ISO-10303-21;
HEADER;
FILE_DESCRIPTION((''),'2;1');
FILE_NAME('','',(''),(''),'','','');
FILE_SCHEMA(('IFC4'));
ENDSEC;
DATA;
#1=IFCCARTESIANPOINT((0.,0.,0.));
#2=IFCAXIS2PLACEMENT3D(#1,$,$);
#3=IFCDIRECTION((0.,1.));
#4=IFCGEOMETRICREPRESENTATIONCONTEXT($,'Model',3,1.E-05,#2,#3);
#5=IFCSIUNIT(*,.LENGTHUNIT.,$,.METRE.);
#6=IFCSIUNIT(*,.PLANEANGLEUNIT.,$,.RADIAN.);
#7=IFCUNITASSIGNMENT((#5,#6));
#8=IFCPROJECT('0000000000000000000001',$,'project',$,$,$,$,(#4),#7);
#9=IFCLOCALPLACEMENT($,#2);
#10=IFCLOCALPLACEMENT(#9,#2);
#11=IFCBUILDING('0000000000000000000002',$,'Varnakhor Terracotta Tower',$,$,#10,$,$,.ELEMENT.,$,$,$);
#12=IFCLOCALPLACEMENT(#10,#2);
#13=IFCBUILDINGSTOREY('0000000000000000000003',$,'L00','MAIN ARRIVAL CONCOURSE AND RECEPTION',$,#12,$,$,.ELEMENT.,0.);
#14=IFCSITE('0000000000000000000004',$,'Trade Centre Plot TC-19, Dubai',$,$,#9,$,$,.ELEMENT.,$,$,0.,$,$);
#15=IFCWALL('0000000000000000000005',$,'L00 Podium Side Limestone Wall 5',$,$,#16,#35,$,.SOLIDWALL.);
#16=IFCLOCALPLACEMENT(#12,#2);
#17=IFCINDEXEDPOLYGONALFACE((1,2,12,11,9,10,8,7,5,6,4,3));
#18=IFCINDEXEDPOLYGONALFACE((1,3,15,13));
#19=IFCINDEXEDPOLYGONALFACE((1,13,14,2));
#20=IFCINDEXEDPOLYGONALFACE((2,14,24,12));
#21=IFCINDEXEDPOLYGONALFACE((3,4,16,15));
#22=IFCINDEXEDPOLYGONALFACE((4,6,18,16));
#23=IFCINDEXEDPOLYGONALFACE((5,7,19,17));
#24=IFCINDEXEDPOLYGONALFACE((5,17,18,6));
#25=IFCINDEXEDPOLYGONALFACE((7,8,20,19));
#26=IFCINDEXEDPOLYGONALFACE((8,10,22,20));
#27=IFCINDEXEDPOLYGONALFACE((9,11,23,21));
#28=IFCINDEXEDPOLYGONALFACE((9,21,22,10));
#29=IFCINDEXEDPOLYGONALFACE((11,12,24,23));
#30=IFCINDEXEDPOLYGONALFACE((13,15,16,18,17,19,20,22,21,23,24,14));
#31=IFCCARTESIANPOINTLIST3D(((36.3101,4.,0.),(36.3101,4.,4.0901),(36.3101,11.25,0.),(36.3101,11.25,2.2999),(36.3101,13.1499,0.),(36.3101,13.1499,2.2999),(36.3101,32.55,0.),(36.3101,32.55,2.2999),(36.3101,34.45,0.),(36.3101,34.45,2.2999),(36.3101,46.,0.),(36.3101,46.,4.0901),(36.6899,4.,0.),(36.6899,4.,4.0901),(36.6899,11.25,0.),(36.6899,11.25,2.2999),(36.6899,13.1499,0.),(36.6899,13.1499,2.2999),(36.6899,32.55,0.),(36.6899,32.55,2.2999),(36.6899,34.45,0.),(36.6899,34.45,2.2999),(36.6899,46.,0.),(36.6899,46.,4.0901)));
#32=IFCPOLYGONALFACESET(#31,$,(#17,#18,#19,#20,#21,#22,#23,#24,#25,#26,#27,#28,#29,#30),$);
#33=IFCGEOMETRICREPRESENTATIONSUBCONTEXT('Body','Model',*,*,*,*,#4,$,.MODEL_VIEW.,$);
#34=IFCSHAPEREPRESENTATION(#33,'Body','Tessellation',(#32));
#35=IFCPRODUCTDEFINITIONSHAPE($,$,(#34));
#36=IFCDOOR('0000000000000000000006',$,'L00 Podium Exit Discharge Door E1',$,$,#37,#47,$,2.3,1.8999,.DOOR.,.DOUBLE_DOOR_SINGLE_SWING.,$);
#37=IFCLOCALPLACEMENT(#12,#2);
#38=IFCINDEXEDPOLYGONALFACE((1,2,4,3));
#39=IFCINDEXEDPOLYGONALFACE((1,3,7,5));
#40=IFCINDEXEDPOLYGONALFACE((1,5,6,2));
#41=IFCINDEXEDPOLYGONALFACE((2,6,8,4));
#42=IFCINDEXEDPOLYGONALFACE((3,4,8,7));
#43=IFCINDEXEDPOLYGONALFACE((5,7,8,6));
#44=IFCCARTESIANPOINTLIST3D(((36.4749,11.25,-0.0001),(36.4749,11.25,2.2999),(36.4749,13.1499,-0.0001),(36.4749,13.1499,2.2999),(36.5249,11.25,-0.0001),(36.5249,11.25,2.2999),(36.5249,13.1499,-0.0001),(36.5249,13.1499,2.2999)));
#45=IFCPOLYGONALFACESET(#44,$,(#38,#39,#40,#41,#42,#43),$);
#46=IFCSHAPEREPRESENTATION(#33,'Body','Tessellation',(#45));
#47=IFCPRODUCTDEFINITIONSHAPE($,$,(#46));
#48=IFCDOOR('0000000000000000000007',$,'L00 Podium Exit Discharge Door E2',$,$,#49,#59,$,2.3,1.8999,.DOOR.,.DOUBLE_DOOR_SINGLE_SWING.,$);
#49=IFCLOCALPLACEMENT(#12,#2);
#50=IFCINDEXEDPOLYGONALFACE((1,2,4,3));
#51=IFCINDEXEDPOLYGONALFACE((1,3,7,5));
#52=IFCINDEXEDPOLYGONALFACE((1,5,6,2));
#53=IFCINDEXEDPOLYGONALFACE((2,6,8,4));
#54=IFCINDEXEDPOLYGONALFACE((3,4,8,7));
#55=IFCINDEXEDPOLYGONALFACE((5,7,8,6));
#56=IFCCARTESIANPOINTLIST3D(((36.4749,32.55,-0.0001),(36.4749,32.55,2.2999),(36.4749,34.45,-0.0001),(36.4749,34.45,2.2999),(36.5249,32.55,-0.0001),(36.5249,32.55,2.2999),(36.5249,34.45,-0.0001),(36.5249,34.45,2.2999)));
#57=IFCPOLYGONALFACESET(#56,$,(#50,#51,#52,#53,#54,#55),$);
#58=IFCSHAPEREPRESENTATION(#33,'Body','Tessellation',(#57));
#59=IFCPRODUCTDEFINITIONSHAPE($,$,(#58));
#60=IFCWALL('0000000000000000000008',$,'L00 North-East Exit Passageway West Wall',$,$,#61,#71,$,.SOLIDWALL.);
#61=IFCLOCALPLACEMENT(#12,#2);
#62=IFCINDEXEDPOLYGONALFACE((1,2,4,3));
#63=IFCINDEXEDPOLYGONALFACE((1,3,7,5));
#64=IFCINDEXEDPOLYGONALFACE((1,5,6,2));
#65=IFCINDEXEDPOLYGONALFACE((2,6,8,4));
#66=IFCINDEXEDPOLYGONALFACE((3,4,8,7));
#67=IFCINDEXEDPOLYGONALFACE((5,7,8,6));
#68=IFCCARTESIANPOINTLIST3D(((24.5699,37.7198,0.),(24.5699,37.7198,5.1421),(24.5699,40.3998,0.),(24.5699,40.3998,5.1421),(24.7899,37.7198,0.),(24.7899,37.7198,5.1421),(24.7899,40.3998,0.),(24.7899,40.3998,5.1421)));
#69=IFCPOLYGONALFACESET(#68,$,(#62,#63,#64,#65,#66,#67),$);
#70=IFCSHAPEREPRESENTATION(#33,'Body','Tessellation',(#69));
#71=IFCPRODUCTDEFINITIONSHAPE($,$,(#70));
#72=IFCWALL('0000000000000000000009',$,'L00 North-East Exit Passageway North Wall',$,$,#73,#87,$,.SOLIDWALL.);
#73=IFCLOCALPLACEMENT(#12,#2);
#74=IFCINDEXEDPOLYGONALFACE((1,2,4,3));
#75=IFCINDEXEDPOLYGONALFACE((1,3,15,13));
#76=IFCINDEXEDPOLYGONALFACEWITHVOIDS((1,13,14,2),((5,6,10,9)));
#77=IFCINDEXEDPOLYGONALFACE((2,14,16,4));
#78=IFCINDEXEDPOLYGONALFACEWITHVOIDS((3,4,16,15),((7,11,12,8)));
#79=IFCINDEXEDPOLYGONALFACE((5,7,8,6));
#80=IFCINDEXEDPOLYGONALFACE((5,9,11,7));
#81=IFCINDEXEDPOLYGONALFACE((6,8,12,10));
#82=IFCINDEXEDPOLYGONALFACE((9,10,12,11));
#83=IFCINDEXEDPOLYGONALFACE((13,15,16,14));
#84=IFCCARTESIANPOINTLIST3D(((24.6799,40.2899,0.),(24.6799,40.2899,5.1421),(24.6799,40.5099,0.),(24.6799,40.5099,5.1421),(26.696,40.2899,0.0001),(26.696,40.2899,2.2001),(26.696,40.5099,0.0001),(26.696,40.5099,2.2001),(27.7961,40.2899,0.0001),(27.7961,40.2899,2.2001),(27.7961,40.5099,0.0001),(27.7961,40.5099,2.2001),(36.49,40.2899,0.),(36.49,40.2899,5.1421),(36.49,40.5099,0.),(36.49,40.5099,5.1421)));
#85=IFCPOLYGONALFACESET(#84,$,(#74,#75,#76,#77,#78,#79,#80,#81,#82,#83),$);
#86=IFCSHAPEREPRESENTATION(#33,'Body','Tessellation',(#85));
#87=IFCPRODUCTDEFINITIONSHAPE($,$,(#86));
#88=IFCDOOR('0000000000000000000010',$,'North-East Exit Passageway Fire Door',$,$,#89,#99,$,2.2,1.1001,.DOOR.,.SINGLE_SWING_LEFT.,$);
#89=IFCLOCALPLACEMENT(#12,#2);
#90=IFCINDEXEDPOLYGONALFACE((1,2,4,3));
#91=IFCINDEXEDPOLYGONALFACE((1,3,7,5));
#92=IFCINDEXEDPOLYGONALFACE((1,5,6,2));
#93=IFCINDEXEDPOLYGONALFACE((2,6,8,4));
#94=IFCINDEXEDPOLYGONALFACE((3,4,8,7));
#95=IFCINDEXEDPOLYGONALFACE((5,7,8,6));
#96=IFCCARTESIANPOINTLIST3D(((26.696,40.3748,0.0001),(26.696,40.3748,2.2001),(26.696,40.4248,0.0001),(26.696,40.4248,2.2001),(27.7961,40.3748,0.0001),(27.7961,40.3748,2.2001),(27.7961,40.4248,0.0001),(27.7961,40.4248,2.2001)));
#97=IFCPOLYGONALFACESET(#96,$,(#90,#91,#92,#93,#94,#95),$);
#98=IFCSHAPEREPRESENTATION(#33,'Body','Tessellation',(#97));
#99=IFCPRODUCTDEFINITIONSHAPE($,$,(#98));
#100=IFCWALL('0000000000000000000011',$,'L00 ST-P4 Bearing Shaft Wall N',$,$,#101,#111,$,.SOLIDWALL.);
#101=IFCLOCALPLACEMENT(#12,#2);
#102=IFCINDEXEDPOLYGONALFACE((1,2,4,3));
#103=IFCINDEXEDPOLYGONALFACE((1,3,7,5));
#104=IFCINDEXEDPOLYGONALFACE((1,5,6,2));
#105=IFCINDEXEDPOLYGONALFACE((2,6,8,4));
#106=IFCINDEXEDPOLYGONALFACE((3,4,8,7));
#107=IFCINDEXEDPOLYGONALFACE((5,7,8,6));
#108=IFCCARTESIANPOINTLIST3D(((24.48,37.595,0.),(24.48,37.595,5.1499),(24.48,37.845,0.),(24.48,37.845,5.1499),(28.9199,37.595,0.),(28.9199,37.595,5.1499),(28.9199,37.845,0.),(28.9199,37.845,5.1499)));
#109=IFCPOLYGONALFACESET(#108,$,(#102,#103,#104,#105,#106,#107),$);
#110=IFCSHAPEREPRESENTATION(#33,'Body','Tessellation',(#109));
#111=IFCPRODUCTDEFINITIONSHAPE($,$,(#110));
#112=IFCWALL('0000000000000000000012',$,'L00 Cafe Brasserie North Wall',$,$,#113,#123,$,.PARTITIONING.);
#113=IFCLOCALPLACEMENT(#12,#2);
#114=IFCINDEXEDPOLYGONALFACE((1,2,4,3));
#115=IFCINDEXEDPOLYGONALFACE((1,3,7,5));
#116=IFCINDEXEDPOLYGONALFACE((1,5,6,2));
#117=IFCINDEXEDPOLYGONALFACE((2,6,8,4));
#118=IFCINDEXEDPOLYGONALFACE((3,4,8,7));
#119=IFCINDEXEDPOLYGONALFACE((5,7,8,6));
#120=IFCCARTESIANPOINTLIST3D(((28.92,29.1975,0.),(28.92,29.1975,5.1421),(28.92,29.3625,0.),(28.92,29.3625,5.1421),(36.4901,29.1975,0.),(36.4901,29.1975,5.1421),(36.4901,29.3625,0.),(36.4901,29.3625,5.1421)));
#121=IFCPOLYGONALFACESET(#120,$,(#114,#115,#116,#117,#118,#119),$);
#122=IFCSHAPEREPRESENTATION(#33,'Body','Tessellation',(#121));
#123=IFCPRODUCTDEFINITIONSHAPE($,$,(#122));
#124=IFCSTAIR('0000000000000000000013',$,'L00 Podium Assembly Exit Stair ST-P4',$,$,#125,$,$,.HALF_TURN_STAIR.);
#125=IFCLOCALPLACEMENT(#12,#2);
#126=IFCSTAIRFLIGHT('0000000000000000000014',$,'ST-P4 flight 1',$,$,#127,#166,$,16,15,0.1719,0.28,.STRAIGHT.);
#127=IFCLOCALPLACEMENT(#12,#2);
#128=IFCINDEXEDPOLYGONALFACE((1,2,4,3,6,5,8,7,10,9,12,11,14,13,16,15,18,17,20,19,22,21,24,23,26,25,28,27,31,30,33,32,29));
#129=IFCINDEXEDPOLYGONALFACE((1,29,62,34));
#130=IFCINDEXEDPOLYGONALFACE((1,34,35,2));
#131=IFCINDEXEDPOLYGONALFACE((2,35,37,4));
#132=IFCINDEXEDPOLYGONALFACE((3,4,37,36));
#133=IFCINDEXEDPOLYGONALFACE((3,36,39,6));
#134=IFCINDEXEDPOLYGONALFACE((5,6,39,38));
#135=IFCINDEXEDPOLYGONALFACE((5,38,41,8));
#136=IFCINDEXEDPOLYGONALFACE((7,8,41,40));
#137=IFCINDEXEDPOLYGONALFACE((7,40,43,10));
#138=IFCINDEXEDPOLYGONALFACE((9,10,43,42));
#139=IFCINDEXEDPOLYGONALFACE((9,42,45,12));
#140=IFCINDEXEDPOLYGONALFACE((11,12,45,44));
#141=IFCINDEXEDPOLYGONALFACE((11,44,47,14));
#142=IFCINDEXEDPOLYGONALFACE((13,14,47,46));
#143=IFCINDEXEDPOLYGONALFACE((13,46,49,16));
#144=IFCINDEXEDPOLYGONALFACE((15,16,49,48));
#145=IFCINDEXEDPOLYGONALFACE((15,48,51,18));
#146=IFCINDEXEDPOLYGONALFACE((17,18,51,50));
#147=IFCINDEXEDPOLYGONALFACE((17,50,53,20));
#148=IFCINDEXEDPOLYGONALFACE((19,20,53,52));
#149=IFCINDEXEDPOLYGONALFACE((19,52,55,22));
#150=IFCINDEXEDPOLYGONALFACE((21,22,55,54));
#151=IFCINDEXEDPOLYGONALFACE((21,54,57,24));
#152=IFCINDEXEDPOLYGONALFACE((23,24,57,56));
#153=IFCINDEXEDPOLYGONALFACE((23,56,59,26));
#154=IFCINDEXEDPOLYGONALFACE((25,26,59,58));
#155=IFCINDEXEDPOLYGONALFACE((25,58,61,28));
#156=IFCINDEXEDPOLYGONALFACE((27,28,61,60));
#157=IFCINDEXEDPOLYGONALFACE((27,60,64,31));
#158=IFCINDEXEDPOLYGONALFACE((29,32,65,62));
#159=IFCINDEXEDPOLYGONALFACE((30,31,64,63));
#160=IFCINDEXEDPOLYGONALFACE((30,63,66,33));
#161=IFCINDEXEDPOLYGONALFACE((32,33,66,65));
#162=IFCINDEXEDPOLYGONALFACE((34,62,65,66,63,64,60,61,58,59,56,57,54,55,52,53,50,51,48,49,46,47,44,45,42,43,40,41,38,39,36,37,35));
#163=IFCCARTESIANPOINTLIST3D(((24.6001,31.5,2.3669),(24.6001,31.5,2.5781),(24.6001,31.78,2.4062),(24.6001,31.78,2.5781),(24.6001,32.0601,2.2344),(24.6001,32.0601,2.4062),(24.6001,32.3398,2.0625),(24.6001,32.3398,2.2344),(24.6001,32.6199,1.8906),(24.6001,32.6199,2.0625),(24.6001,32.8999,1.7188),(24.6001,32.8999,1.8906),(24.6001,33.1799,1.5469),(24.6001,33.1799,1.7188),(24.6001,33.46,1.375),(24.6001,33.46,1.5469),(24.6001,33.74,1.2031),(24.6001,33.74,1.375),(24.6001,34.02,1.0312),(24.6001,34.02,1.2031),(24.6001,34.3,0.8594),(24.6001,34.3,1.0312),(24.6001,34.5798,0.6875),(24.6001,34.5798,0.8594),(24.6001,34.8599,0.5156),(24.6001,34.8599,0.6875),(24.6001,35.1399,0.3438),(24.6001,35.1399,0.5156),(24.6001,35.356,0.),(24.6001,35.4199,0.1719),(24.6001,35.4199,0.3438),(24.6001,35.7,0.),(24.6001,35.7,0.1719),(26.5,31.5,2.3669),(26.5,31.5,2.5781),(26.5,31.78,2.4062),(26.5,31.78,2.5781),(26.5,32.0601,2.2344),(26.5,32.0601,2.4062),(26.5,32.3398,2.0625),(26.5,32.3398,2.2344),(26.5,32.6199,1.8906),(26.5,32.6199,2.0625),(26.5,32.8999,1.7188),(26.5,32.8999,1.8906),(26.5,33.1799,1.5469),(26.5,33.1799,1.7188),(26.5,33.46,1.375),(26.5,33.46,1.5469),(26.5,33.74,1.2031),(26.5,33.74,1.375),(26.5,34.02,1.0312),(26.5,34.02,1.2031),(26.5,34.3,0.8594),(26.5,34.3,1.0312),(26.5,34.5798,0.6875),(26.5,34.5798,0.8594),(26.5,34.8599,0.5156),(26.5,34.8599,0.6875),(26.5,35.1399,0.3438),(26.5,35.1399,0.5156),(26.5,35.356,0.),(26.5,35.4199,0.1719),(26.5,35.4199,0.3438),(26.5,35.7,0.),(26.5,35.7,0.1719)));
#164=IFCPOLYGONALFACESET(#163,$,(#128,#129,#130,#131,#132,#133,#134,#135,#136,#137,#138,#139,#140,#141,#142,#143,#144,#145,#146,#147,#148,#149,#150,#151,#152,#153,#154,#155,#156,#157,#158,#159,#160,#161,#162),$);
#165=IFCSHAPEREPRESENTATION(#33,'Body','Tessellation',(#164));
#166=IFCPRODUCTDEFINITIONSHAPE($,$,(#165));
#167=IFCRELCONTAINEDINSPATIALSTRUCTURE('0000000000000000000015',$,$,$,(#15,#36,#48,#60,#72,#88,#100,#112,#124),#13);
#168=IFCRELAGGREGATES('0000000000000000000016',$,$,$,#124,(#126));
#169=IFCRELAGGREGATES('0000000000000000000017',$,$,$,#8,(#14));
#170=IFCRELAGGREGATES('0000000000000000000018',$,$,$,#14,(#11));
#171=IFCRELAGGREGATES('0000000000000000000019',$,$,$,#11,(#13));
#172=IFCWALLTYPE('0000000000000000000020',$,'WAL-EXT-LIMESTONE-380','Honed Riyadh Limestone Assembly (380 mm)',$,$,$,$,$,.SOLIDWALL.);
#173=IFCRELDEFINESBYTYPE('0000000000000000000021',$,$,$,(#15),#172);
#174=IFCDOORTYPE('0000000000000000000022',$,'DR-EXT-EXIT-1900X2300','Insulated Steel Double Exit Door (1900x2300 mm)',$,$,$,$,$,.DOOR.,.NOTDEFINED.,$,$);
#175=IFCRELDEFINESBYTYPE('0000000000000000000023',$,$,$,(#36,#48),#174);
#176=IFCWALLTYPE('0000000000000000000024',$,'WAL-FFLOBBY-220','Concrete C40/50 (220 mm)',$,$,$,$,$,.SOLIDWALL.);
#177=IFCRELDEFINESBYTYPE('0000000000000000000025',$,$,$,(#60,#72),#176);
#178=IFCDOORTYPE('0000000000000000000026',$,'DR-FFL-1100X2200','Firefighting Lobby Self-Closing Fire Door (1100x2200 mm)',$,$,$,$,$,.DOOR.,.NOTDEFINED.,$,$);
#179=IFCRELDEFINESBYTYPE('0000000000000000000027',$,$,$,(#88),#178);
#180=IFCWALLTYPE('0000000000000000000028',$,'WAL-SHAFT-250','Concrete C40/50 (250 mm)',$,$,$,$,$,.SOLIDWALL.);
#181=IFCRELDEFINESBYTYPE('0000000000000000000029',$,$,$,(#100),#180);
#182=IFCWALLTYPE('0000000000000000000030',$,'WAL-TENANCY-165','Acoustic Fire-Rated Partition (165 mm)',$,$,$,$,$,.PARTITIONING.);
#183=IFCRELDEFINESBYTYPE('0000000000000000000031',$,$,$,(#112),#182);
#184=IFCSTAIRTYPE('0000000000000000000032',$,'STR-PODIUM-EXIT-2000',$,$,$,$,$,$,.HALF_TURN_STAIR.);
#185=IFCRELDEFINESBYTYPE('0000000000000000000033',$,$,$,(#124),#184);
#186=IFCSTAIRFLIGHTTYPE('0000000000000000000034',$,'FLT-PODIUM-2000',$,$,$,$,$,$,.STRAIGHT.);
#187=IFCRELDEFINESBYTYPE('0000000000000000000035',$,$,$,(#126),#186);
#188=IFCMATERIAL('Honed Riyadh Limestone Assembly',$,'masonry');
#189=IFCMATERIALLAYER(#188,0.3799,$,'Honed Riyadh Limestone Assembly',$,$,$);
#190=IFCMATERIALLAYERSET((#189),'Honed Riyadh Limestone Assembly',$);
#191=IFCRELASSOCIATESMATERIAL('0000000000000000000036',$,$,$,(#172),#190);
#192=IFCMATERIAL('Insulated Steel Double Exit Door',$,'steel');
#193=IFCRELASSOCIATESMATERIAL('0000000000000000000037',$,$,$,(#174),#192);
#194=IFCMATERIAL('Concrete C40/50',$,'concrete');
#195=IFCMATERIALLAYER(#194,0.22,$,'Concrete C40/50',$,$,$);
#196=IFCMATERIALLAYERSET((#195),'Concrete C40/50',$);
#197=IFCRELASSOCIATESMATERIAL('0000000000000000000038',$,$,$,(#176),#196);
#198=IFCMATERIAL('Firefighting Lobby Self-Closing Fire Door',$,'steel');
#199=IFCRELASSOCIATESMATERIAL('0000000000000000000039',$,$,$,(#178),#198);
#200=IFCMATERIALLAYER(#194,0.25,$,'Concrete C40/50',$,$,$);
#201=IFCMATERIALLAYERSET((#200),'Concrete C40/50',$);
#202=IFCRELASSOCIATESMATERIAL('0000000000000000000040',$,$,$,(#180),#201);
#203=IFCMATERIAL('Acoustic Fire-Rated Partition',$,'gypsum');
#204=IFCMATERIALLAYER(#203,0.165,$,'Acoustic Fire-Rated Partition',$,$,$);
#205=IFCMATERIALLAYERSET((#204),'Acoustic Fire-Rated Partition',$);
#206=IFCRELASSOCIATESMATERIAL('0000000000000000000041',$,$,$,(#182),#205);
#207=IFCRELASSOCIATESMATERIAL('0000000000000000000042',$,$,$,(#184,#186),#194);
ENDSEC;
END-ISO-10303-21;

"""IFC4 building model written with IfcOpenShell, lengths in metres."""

from ifc_helpers import new_model, si_unit, direction, frame, frame_2d, origin, place, context, subcontext, project, spatial, polyline, rectangle, outline, extrude, source, transform, mapped, material, layer, layer_set, type_object, type_shapes, element, fill, aggregate, save


model = new_model("IFC4")

# Units and contexts
model_context = context("Model", 3, precision=1e-05, world=origin(), true_north=direction((0.0, 1.0)))
body_context = subcontext(model_context, "Body", "Model", "MODEL_VIEW")
ifc_project = project(units=[si_unit("LENGTHUNIT", "METRE"), si_unit("PLANEANGLEUNIT", "RADIAN")], contexts=[model_context])

# Site, building, storey
site_placement = place(None, origin())
site = spatial("IfcSite", under=ifc_project, at=site_placement, Name="Trade Centre Plot TC-19, Dubai", CompositionType="ELEMENT", RefElevation=0.0)
building_placement = place(site_placement, origin())
building = spatial("IfcBuilding", under=site, at=building_placement, Name="Varnakhor Terracotta Tower", CompositionType="ELEMENT")
storey_placement = place(building_placement, origin())
storey = spatial("IfcBuildingStorey", under=building, at=storey_placement, Name="L00", Description="MAIN ARRIVAL CONCOURSE AND RECEPTION", CompositionType="ELEMENT", Elevation=0.0)

# Shared definitions
ifc_material_1 = material(Name="Concrete C40/50", Category="concrete")

# Shared definitions
ifc_material_2 = material(Name="Honed Riyadh Limestone Assembly", Category="masonry")
ifc_layer_1 = layer(ifc_material_2, 0.3799, Name="Honed Riyadh Limestone Assembly")
ifc_layer_set_1 = layer_set([ifc_layer_1], Name="Honed Riyadh Limestone Assembly")
wall_type_1 = type_object("IfcWallType", Name="WAL-EXT-LIMESTONE-380", Description="Honed Riyadh Limestone Assembly (380 mm)", PredefinedType="SOLIDWALL", material=ifc_layer_set_1)

# Wall, openings, doors
wall_1_placement = place(storey_placement, frame((36.5, 46.0, 0.0), z_axis=(0.0, 0.0, 1.0), x_axis=(0.0, -1.0, 0.0)))
wall_1 = element("IfcWall", 1, at=wall_1_placement, inside=storey, type_object=wall_type_1, Name="L00 Podium Side Limestone Wall 5", PredefinedType="SOLIDWALL", context=body_context, shape_type="SweptSolid", body=[
    extrude(rectangle(XDim=42.0, YDim=0.3799, at=frame_2d((21.0, 0.0))), origin(), (0.0, 0.0, 1.0), 4.0901),
])
opening_1_placement = place(wall_1_placement, frame((32.8501, 0.0, 0.0)))
opening_1 = element("IfcOpeningElement", 2, at=opening_1_placement, cuts=wall_1, PredefinedType="OPENING", context=body_context, shape_type="SweptSolid", body=[
    extrude(rectangle(XDim=1.8999, YDim=2.3, at=frame_2d((0.95, 1.1499))), frame((0.0, 0.2, 0.0), z_axis=(0.0, -1.0, 0.0), x_axis=(1.0, 0.0, 0.0)), (0.0, 0.0, 1.0), 0.3999),
])
opening_2_placement = place(wall_1_placement, frame((11.55, 0.0, 0.0)))
opening_2 = element("IfcOpeningElement", 3, at=opening_2_placement, cuts=wall_1, PredefinedType="OPENING", context=body_context, shape_type="SweptSolid", body=[
    extrude(rectangle(XDim=1.8999, YDim=2.3, at=frame_2d((0.95, 1.1499))), frame((0.0, 0.2, 0.0), z_axis=(0.0, -1.0, 0.0), x_axis=(1.0, 0.0, 0.0)), (0.0, 0.0, 1.0), 0.3999),
])
ifc_material_3 = material(Name="Insulated Steel Double Exit Door", Category="steel")
door_type_1 = type_object("IfcDoorType", Name="DR-EXT-EXIT-1900X2300", Description="Insulated Steel Double Exit Door (1900x2300 mm)", OperationType="NOTDEFINED", PredefinedType="DOOR", material=ifc_material_3)
shared_shape_1 = source(origin(), body_context, "Body", "SweptSolid", [
    extrude(rectangle(XDim=1.8999, YDim=2.3, at=frame_2d((0.95, 1.1499))), frame((0.0, 0.0249, 0.0), z_axis=(0.0, -1.0, 0.0), x_axis=(1.0, 0.0, 0.0)), (0.0, 0.0, 1.0), 0.05),
])
type_shapes(door_type_1, [shared_shape_1])
door_1_placement = place(opening_1_placement, origin())
door_1 = element("IfcDoor", 4, at=door_1_placement, inside=storey, type_object=door_type_1, Name="L00 Podium Exit Discharge Door E1", OperationType="DOUBLE_DOOR_SINGLE_SWING", OverallHeight=2.3, OverallWidth=1.8999, PredefinedType="DOOR", context=body_context, shape_type="MappedRepresentation", body=[
    mapped(shared_shape_1, transform((0.0, 0.0, 0.0), scale=1.0)),
])
fill(opening_1, door_1)
door_2_placement = place(opening_2_placement, origin())
door_2 = element("IfcDoor", 5, at=door_2_placement, inside=storey, type_object=door_type_1, Name="L00 Podium Exit Discharge Door E2", OperationType="DOUBLE_DOOR_SINGLE_SWING", OverallHeight=2.3, OverallWidth=1.8999, PredefinedType="DOOR", context=body_context, shape_type="MappedRepresentation", body=[
    mapped(shared_shape_1, transform((0.0, 0.0, 0.0), scale=1.0)),
])
fill(opening_2, door_2)

# Wall
ifc_layer_2 = layer(ifc_material_1, 0.22, Name="Concrete C40/50")
ifc_layer_set_2 = layer_set([ifc_layer_2], Name="Concrete C40/50")
wall_type_2 = type_object("IfcWallType", Name="WAL-FFLOBBY-220", Description="Concrete C40/50 (220 mm)", PredefinedType="SOLIDWALL", material=ifc_layer_set_2)
wall_2_placement = place(storey_placement, frame((24.6799, 37.72, 0.0), z_axis=(0.0, 0.0, 1.0), x_axis=(0.0, 1.0, 0.0)))
element("IfcWall", 6, at=wall_2_placement, inside=storey, type_object=wall_type_2, Name="L00 North-East Exit Passageway West Wall", PredefinedType="SOLIDWALL", context=body_context, shape_type="SweptSolid", body=[
    extrude(rectangle(XDim=2.6799, YDim=0.22, at=frame_2d((1.3398, 0.0))), origin(), (0.0, 0.0, 1.0), 5.1421),
])

# Wall, opening, door
wall_3_placement = place(storey_placement, frame((24.6799, 40.3999, 0.0), z_axis=(0.0, 0.0, 1.0), x_axis=(1.0, 0.0, 0.0)))
wall_3 = element("IfcWall", 7, at=wall_3_placement, inside=storey, type_object=wall_type_2, Name="L00 North-East Exit Passageway North Wall", PredefinedType="SOLIDWALL", context=body_context, shape_type="SweptSolid", body=[
    extrude(rectangle(XDim=11.8101, YDim=0.22, at=frame_2d((5.905, 0.0))), origin(), (0.0, 0.0, 1.0), 5.1421),
])
opening_3_placement = place(wall_3_placement, frame((2.0161, 0.0, 0.0)))
opening_3 = element("IfcOpeningElement", 8, at=opening_3_placement, cuts=wall_3, PredefinedType="OPENING", context=body_context, shape_type="SweptSolid", body=[
    extrude(rectangle(XDim=1.1001, YDim=2.2, at=frame_2d((0.55, 1.1001))), frame((0.0, 0.1201, 0.0), z_axis=(0.0, -1.0, 0.0), x_axis=(1.0, 0.0, 0.0)), (0.0, 0.0, 1.0), 0.24),
])
ifc_material_4 = material(Name="Firefighting Lobby Self-Closing Fire Door", Category="steel")
door_type_2 = type_object("IfcDoorType", Name="DR-FFL-1100X2200", Description="Firefighting Lobby Self-Closing Fire Door (1100x2200 mm)", OperationType="NOTDEFINED", PredefinedType="DOOR", material=ifc_material_4)
shared_shape_2 = source(origin(), body_context, "Body", "SweptSolid", [
    extrude(rectangle(XDim=1.1001, YDim=2.2, at=frame_2d((0.55, 1.1001))), frame((0.0, 0.0249, 0.0), z_axis=(0.0, -1.0, 0.0), x_axis=(1.0, 0.0, 0.0)), (0.0, 0.0, 1.0), 0.05),
])
type_shapes(door_type_2, [shared_shape_2])
door_3_placement = place(opening_3_placement, origin())
door_3 = element("IfcDoor", 9, at=door_3_placement, inside=storey, type_object=door_type_2, Name="North-East Exit Passageway Fire Door", OperationType="SINGLE_SWING_LEFT", OverallHeight=2.2, OverallWidth=1.1001, PredefinedType="DOOR", context=body_context, shape_type="MappedRepresentation", body=[
    mapped(shared_shape_2, transform((0.0, 0.0, 0.0), scale=1.0)),
])
fill(opening_3, door_3)

# Walls
ifc_layer_3 = layer(ifc_material_1, 0.25, Name="Concrete C40/50")
ifc_layer_set_3 = layer_set([ifc_layer_3], Name="Concrete C40/50")
wall_type_3 = type_object("IfcWallType", Name="WAL-SHAFT-250", Description="Concrete C40/50 (250 mm)", PredefinedType="SOLIDWALL", material=ifc_layer_set_3)
wall_4_placement = place(storey_placement, frame((24.48, 37.72, 0.0), z_axis=(0.0, 0.0, 1.0), x_axis=(1.0, 0.0, 0.0)))
element("IfcWall", 10, at=wall_4_placement, inside=storey, type_object=wall_type_3, Name="L00 ST-P4 Bearing Shaft Wall N", PredefinedType="SOLIDWALL", context=body_context, shape_type="SweptSolid", body=[
    extrude(rectangle(XDim=4.4399, YDim=0.25, at=frame_2d((2.22, 0.0))), origin(), (0.0, 0.0, 1.0), 5.1499),
])
ifc_material_5 = material(Name="Acoustic Fire-Rated Partition", Category="gypsum")
ifc_layer_4 = layer(ifc_material_5, 0.165, Name="Acoustic Fire-Rated Partition")
ifc_layer_set_4 = layer_set([ifc_layer_4], Name="Acoustic Fire-Rated Partition")
wall_type_4 = type_object("IfcWallType", Name="WAL-TENANCY-165", Description="Acoustic Fire-Rated Partition (165 mm)", PredefinedType="PARTITIONING", material=ifc_layer_set_4)
wall_5_placement = place(storey_placement, frame((28.9199, 29.28, 0.0), z_axis=(0.0, 0.0, 1.0), x_axis=(1.0, 0.0, 0.0)))
element("IfcWall", 11, at=wall_5_placement, inside=storey, type_object=wall_type_4, Name="L00 Cafe Brasserie North Wall", PredefinedType="PARTITIONING", context=body_context, shape_type="SweptSolid", body=[
    extrude(rectangle(XDim=7.5701, YDim=0.165, at=frame_2d((3.7852, 0.0))), origin(), (0.0, 0.0, 1.0), 5.1421),
])

# Stair, stair flight
stair_type = type_object("IfcStairType", Name="STR-PODIUM-EXIT-2000", PredefinedType="HALF_TURN_STAIR", material=ifc_material_1)
stair_placement = place(storey_placement, origin())
stair = element("IfcStair", 12, at=stair_placement, inside=storey, type_object=stair_type, Name="L00 Podium Assembly Exit Stair ST-P4", PredefinedType="HALF_TURN_STAIR")
stair_flight_type = type_object("IfcStairFlightType", Name="FLT-PODIUM-2000", PredefinedType="STRAIGHT", material=ifc_material_1)
stair_flight_1_placement = place(storey_placement, frame((25.55, 35.7, 0.0), z_axis=(0.0, 0.0, 1.0), x_axis=(0.0, -1.0, 0.0)))
stair_flight_1 = element("IfcStairFlight", 13, at=stair_flight_1_placement, type_object=stair_flight_type, Name="ST-P4 flight 1", NumberOfRisers=16, NumberOfTreads=15, PredefinedType="STRAIGHT", RiserHeight=0.1719, TreadLength=0.28, context=body_context, shape_type="SweptSolid", body=[
    extrude(outline(polyline([(0.0, 0.0), (0.0, 0.1719), (0.28, 0.1719), (0.28, 0.3438), (0.5601, 0.3438), (0.5601, 0.5156), (0.8401, 0.5156), (0.8401, 0.6875), (1.1201, 0.6875), (1.1201, 0.8594), (1.3999, 0.8594), (1.3999, 1.0312), (1.6799, 1.0312), (1.6799, 1.2031), (1.96, 1.2031), (1.96, 1.375), (2.24, 1.375), (2.24, 1.5469), (2.52, 1.5469), (2.52, 1.7188), (2.8, 1.7188), (2.8, 1.8906), (3.0801, 1.8906), (3.0801, 2.0625), (3.3601, 2.0625), (3.3601, 2.2344), (3.6399, 2.2344), (3.6399, 2.4062), (3.9199, 2.4062), (3.9199, 2.5781), (4.2, 2.5781), (4.2, 2.75), (4.2, 2.3669), (0.344, 0.0), (0.0, 0.0)])), frame((0.0, 0.95, 0.0), z_axis=(0.0, -1.0, 0.0), x_axis=(1.0, 0.0, 0.0)), (0.0, 0.0, 1.0), 1.8999),
])
aggregate(stair, [stair_flight_1])

save(model, "model.ifc")
